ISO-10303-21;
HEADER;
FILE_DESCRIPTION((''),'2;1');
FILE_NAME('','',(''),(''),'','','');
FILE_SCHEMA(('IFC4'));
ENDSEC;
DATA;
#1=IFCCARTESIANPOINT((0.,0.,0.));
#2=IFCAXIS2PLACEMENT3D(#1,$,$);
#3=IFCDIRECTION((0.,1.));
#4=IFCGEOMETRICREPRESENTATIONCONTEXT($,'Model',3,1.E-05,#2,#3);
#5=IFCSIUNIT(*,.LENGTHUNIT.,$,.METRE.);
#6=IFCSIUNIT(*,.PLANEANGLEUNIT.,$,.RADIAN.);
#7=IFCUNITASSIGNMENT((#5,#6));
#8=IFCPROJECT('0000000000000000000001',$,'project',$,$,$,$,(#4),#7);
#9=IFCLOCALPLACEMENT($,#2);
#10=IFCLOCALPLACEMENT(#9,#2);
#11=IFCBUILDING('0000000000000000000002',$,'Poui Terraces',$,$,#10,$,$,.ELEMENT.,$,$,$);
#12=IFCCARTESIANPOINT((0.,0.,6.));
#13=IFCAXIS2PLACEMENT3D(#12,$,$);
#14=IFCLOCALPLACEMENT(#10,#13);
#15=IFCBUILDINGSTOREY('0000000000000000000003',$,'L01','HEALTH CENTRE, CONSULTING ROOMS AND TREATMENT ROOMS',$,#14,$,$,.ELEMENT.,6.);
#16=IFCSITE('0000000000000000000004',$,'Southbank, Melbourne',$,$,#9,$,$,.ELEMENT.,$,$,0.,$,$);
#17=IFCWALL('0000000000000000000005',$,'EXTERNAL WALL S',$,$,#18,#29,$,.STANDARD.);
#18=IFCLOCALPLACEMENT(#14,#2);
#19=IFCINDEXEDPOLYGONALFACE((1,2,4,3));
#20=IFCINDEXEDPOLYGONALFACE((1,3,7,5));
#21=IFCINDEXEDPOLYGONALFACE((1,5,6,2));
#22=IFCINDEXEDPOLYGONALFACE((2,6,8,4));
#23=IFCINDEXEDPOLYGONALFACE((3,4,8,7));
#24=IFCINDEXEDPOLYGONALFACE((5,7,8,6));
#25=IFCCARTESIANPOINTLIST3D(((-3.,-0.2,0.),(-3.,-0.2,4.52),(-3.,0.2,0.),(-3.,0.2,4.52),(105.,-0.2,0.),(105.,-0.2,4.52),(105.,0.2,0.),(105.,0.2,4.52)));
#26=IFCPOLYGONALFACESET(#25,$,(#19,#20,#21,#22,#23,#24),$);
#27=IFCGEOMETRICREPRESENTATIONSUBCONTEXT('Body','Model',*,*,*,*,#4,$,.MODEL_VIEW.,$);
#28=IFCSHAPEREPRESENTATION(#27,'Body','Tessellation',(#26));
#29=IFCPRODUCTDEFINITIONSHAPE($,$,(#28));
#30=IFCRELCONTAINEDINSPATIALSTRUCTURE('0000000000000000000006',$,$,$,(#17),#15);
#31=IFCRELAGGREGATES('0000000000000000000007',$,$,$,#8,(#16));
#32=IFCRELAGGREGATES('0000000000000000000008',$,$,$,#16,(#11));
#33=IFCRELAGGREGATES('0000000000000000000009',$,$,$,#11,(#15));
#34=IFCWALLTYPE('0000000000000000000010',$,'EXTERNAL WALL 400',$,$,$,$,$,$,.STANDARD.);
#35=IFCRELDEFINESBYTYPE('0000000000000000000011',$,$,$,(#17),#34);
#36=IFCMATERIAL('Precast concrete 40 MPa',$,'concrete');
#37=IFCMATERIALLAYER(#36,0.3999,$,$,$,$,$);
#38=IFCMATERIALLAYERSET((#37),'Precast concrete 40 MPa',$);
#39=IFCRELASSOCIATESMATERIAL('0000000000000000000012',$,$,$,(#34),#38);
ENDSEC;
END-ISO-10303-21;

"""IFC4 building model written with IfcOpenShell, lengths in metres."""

from ifc_helpers import new_model, si_unit, direction, frame, frame_2d, origin, place, context, subcontext, project, spatial, rectangle, extrude, material, layer, layer_set, type_object, element, save


model = new_model("IFC4")

# Units and contexts
model_context = context("Model", 3, precision=1e-05, world=origin(), true_north=direction((0.0, 1.0)))
body_context = subcontext(model_context, "Body", "Model", "MODEL_VIEW")
ifc_project = project(units=[si_unit("LENGTHUNIT", "METRE"), si_unit("PLANEANGLEUNIT", "RADIAN")], contexts=[model_context])

# Site, building, storey
site_placement = place(None, origin())
site = spatial("IfcSite", under=ifc_project, at=site_placement, Name="Southbank, Melbourne", CompositionType="ELEMENT", RefElevation=0.0)
building_placement = place(site_placement, origin())
building = spatial("IfcBuilding", under=site, at=building_placement, Name="Poui Terraces", CompositionType="ELEMENT")
storey_placement = place(building_placement, frame((0.0, 0.0, 6.0)))
storey = spatial("IfcBuildingStorey", under=building, at=storey_placement, Name="L01", Description="HEALTH CENTRE, CONSULTING ROOMS AND TREATMENT ROOMS", CompositionType="ELEMENT", Elevation=6.0)

# Wall
ifc_material_1 = material(Name="Precast concrete 40 MPa", Category="concrete")
ifc_layer_1 = layer(ifc_material_1, 0.3999)
ifc_layer_set_1 = layer_set([ifc_layer_1], Name="Precast concrete 40 MPa")
wall_type_1 = type_object("IfcWallType", Name="EXTERNAL WALL 400", PredefinedType="STANDARD", material=ifc_layer_set_1)
wall_1_placement = place(storey_placement, frame((-3.0, 0.0, 0.0), z_axis=(0.0, 0.0, 1.0), x_axis=(1.0, 0.0, 0.0)))
element("IfcWall", 1, at=wall_1_placement, inside=storey, type_object=wall_type_1, Name="EXTERNAL WALL S", PredefinedType="STANDARD", context=body_context, shape_type="SweptSolid", body=[
    extrude(rectangle(XDim=108.0, YDim=0.3999, at=frame_2d((54.0, 0.0))), origin(), (0.0, 0.0, 1.0), 4.52),
])

save(model, "model.ifc")
